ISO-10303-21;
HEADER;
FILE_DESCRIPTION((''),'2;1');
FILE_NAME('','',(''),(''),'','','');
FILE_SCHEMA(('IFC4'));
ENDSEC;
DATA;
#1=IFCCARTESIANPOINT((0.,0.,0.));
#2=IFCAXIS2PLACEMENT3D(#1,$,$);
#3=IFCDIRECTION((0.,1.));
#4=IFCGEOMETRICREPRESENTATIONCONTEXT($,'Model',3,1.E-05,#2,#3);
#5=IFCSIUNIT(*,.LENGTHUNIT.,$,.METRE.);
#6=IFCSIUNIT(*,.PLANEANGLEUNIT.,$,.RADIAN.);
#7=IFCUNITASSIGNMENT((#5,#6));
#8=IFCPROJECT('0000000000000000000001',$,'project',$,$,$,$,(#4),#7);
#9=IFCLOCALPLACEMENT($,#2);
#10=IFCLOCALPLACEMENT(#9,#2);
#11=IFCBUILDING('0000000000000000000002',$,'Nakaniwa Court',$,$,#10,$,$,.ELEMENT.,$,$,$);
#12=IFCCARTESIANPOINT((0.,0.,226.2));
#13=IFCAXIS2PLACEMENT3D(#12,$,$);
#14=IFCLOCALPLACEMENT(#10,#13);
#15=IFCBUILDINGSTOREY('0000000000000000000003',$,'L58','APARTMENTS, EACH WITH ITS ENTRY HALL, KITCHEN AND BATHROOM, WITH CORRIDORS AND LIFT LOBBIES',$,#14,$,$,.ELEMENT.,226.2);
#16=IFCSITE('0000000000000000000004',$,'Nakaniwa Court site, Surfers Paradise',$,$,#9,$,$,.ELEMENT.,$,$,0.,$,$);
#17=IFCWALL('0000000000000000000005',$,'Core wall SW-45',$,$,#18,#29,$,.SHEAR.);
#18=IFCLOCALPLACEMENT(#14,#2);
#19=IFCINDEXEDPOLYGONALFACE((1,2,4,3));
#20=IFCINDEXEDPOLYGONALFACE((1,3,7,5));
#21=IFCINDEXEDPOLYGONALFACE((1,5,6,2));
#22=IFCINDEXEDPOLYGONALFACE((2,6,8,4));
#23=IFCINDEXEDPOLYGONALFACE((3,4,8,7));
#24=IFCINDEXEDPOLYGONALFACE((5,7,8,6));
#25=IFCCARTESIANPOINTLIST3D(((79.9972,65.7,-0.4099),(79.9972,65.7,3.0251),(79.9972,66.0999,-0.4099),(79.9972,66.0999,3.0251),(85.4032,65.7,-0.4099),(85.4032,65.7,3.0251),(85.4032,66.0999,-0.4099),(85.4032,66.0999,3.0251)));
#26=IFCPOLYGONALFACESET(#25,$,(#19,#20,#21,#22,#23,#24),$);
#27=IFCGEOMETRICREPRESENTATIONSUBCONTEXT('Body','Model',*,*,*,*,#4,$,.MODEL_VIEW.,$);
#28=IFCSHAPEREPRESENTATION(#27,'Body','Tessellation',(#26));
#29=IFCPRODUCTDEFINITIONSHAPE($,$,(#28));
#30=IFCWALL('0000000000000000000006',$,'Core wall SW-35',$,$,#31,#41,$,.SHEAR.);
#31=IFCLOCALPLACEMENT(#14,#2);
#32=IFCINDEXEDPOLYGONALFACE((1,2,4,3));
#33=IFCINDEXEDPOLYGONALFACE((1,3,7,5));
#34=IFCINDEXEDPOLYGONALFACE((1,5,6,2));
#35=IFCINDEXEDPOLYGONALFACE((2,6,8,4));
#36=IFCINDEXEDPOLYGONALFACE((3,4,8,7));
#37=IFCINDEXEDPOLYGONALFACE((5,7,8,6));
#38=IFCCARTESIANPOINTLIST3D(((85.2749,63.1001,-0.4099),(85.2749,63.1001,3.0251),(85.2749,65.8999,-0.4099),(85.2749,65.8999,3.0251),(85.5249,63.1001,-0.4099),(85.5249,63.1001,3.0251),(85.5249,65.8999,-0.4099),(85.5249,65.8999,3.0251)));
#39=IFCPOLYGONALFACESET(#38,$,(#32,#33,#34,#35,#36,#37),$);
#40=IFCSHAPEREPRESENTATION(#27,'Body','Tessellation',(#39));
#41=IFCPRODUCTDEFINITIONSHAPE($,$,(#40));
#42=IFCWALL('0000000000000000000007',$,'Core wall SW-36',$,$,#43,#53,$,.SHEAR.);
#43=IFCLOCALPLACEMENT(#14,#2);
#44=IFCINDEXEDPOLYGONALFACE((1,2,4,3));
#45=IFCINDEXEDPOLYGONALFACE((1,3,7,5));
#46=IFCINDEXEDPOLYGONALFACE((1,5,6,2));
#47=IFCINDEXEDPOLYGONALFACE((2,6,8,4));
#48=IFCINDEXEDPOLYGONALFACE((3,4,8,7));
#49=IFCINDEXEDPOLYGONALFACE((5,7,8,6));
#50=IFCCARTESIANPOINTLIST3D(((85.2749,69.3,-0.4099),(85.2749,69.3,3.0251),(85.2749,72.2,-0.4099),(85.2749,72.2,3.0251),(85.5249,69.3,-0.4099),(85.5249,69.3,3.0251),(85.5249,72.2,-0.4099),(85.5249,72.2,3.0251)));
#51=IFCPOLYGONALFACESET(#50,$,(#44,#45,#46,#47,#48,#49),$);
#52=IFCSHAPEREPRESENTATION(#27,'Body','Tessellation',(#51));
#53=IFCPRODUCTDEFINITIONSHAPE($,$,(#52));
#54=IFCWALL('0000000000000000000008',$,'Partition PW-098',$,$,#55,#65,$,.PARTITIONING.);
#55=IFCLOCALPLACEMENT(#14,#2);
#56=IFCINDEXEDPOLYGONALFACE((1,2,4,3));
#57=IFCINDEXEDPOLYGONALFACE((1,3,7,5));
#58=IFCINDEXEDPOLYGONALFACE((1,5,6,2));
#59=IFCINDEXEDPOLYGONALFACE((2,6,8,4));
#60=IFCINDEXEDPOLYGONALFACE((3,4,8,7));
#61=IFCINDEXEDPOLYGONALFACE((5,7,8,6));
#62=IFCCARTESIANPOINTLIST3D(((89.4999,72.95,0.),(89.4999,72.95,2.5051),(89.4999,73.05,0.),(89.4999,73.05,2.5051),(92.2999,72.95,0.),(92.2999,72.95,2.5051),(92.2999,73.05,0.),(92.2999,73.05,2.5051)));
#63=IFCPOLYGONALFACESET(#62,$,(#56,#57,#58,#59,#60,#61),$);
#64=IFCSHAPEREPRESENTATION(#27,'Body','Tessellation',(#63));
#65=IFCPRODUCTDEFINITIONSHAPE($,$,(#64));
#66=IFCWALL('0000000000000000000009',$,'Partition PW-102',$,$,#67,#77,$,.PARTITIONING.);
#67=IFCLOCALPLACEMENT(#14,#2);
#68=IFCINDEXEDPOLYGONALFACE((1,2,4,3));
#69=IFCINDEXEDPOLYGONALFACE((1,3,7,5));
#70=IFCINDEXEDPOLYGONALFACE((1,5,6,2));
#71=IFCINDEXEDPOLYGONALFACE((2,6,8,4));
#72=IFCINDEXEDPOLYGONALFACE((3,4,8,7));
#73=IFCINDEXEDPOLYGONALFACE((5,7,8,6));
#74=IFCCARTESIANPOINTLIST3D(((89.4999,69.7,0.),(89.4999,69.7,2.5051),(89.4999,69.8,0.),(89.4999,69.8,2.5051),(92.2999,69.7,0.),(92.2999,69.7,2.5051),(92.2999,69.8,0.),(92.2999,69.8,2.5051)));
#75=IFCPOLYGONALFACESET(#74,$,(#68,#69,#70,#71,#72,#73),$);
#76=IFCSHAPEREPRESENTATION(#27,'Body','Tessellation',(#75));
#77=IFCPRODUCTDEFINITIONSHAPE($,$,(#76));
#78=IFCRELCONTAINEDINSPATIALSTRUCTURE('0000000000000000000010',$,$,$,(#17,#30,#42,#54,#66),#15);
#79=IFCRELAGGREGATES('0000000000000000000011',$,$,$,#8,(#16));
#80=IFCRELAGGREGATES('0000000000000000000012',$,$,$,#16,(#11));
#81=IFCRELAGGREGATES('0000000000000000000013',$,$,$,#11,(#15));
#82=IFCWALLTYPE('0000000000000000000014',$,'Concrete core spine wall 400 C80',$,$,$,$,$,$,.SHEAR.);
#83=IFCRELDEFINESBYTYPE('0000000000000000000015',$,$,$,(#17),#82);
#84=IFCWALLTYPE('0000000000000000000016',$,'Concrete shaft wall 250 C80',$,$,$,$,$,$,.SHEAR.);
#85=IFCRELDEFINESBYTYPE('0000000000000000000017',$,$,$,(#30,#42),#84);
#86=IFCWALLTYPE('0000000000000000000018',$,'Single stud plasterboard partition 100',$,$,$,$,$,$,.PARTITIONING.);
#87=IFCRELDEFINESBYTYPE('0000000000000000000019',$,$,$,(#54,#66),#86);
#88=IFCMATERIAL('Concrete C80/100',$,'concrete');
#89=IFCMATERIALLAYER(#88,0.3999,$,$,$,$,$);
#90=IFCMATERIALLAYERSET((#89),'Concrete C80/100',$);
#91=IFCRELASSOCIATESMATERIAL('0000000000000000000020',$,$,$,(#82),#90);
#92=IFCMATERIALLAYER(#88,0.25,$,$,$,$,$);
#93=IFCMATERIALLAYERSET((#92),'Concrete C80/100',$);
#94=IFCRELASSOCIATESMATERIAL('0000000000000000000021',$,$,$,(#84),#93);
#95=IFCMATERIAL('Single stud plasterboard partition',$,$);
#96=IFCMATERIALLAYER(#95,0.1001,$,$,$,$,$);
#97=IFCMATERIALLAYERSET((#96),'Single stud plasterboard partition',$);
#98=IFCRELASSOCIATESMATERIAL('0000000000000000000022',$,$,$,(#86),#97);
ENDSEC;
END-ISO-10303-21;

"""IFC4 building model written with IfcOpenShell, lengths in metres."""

from ifc_helpers import new_model, si_unit, direction, frame, frame_2d, origin, place, context, subcontext, project, spatial, rectangle, extrude, material, layer, layer_set, type_object, element, save


model = new_model("IFC4")

# Units and contexts
model_context = context("Model", 3, precision=1e-05, world=origin(), true_north=direction((0.0, 1.0)))
body_context = subcontext(model_context, "Body", "Model", "MODEL_VIEW")
ifc_project = project(units=[si_unit("LENGTHUNIT", "METRE"), si_unit("PLANEANGLEUNIT", "RADIAN")], contexts=[model_context])

# Site, building, storey
site_placement = place(None, origin())
site = spatial("IfcSite", under=ifc_project, at=site_placement, Name="Nakaniwa Court site, Surfers Paradise", CompositionType="ELEMENT", RefElevation=0.0)
building_placement = place(site_placement, origin())
building = spatial("IfcBuilding", under=site, at=building_placement, Name="Nakaniwa Court", CompositionType="ELEMENT")
storey_placement = place(building_placement, frame((0.0, 0.0, 226.2)))
storey = spatial("IfcBuildingStorey", under=building, at=storey_placement, Name="L58", Description="APARTMENTS, EACH WITH ITS ENTRY HALL, KITCHEN AND BATHROOM, WITH CORRIDORS AND LIFT LOBBIES", CompositionType="ELEMENT", Elevation=226.2)

# Shared definitions
ifc_material_1 = material(Name="Concrete C80/100", Category="concrete")

# Shared definitions
ifc_layer_1 = layer(ifc_material_1, 0.3999)
ifc_layer_set_1 = layer_set([ifc_layer_1], Name="Concrete C80/100")
wall_type_1 = type_object("IfcWallType", Name="Concrete core spine wall 400 C80", PredefinedType="SHEAR", material=ifc_layer_set_1)

# Walls
wall_1_placement = place(storey_placement, frame((79.9971, 65.8999, -0.4099), z_axis=(0.0, 0.0, 1.0), x_axis=(1.0, 0.0, 0.0)))
element("IfcWall", 1, at=wall_1_placement, inside=storey, type_object=wall_type_1, Name="Core wall SW-45", PredefinedType="SHEAR", context=body_context, shape_type="SweptSolid", body=[
    extrude(rectangle(XDim=5.406, YDim=0.3999, at=frame_2d((2.7031, 0.0))), origin(), (0.0, 0.0, 1.0), 3.4351),
])
ifc_layer_2 = layer(ifc_material_1, 0.25)
ifc_layer_set_2 = layer_set([ifc_layer_2], Name="Concrete C80/100")
wall_type_2 = type_object("IfcWallType", Name="Concrete shaft wall 250 C80", PredefinedType="SHEAR", material=ifc_layer_set_2)
wall_2_placement = place(storey_placement, frame((85.3999, 63.1001, -0.4099), z_axis=(0.0, 0.0, 1.0), x_axis=(0.0, 1.0, 0.0)))
element("IfcWall", 2, at=wall_2_placement, inside=storey, type_object=wall_type_2, Name="Core wall SW-35", PredefinedType="SHEAR", context=body_context, shape_type="SweptSolid", body=[
    extrude(rectangle(XDim=2.7998, YDim=0.25, at=frame_2d((1.3999, 0.0))), origin(), (0.0, 0.0, 1.0), 3.4351),
])
wall_3_placement = place(storey_placement, frame((85.3999, 69.3, -0.4099), z_axis=(0.0, 0.0, 1.0), x_axis=(0.0, 1.0, 0.0)))
element("IfcWall", 3, at=wall_3_placement, inside=storey, type_object=wall_type_2, Name="Core wall SW-36", PredefinedType="SHEAR", context=body_context, shape_type="SweptSolid", body=[
    extrude(rectangle(XDim=2.8999, YDim=0.25, at=frame_2d((1.45, 0.0))), origin(), (0.0, 0.0, 1.0), 3.4351),
])
ifc_material_2 = material(Name="Single stud plasterboard partition")
ifc_layer_3 = layer(ifc_material_2, 0.1001)
ifc_layer_set_3 = layer_set([ifc_layer_3], Name="Single stud plasterboard partition")
wall_type_3 = type_object("IfcWallType", Name="Single stud plasterboard partition 100", PredefinedType="PARTITIONING", material=ifc_layer_set_3)
for number, where, z_axis, x_axis, name in (
    (4, (89.5, 73.0, 0.0), (0.0, 0.0, 1.0), (1.0, 0.0, 0.0), "Partition PW-098"),
    (5, (89.5, 69.75, 0.0), (0.0, 0.0, 1.0), (1.0, 0.0, 0.0), "Partition PW-102"),
):
    element("IfcWall", number, at=place(storey_placement, frame(where, z_axis=z_axis, x_axis=x_axis)), inside=storey, type_object=wall_type_3, Name=name, PredefinedType="PARTITIONING", context=body_context, shape_type="SweptSolid", body=[
        extrude(rectangle(XDim=2.8, YDim=0.1001, at=frame_2d((1.3999, 0.0))), origin(), (0.0, 0.0, 1.0), 2.5051),
    ])

save(model, "model.ifc")
